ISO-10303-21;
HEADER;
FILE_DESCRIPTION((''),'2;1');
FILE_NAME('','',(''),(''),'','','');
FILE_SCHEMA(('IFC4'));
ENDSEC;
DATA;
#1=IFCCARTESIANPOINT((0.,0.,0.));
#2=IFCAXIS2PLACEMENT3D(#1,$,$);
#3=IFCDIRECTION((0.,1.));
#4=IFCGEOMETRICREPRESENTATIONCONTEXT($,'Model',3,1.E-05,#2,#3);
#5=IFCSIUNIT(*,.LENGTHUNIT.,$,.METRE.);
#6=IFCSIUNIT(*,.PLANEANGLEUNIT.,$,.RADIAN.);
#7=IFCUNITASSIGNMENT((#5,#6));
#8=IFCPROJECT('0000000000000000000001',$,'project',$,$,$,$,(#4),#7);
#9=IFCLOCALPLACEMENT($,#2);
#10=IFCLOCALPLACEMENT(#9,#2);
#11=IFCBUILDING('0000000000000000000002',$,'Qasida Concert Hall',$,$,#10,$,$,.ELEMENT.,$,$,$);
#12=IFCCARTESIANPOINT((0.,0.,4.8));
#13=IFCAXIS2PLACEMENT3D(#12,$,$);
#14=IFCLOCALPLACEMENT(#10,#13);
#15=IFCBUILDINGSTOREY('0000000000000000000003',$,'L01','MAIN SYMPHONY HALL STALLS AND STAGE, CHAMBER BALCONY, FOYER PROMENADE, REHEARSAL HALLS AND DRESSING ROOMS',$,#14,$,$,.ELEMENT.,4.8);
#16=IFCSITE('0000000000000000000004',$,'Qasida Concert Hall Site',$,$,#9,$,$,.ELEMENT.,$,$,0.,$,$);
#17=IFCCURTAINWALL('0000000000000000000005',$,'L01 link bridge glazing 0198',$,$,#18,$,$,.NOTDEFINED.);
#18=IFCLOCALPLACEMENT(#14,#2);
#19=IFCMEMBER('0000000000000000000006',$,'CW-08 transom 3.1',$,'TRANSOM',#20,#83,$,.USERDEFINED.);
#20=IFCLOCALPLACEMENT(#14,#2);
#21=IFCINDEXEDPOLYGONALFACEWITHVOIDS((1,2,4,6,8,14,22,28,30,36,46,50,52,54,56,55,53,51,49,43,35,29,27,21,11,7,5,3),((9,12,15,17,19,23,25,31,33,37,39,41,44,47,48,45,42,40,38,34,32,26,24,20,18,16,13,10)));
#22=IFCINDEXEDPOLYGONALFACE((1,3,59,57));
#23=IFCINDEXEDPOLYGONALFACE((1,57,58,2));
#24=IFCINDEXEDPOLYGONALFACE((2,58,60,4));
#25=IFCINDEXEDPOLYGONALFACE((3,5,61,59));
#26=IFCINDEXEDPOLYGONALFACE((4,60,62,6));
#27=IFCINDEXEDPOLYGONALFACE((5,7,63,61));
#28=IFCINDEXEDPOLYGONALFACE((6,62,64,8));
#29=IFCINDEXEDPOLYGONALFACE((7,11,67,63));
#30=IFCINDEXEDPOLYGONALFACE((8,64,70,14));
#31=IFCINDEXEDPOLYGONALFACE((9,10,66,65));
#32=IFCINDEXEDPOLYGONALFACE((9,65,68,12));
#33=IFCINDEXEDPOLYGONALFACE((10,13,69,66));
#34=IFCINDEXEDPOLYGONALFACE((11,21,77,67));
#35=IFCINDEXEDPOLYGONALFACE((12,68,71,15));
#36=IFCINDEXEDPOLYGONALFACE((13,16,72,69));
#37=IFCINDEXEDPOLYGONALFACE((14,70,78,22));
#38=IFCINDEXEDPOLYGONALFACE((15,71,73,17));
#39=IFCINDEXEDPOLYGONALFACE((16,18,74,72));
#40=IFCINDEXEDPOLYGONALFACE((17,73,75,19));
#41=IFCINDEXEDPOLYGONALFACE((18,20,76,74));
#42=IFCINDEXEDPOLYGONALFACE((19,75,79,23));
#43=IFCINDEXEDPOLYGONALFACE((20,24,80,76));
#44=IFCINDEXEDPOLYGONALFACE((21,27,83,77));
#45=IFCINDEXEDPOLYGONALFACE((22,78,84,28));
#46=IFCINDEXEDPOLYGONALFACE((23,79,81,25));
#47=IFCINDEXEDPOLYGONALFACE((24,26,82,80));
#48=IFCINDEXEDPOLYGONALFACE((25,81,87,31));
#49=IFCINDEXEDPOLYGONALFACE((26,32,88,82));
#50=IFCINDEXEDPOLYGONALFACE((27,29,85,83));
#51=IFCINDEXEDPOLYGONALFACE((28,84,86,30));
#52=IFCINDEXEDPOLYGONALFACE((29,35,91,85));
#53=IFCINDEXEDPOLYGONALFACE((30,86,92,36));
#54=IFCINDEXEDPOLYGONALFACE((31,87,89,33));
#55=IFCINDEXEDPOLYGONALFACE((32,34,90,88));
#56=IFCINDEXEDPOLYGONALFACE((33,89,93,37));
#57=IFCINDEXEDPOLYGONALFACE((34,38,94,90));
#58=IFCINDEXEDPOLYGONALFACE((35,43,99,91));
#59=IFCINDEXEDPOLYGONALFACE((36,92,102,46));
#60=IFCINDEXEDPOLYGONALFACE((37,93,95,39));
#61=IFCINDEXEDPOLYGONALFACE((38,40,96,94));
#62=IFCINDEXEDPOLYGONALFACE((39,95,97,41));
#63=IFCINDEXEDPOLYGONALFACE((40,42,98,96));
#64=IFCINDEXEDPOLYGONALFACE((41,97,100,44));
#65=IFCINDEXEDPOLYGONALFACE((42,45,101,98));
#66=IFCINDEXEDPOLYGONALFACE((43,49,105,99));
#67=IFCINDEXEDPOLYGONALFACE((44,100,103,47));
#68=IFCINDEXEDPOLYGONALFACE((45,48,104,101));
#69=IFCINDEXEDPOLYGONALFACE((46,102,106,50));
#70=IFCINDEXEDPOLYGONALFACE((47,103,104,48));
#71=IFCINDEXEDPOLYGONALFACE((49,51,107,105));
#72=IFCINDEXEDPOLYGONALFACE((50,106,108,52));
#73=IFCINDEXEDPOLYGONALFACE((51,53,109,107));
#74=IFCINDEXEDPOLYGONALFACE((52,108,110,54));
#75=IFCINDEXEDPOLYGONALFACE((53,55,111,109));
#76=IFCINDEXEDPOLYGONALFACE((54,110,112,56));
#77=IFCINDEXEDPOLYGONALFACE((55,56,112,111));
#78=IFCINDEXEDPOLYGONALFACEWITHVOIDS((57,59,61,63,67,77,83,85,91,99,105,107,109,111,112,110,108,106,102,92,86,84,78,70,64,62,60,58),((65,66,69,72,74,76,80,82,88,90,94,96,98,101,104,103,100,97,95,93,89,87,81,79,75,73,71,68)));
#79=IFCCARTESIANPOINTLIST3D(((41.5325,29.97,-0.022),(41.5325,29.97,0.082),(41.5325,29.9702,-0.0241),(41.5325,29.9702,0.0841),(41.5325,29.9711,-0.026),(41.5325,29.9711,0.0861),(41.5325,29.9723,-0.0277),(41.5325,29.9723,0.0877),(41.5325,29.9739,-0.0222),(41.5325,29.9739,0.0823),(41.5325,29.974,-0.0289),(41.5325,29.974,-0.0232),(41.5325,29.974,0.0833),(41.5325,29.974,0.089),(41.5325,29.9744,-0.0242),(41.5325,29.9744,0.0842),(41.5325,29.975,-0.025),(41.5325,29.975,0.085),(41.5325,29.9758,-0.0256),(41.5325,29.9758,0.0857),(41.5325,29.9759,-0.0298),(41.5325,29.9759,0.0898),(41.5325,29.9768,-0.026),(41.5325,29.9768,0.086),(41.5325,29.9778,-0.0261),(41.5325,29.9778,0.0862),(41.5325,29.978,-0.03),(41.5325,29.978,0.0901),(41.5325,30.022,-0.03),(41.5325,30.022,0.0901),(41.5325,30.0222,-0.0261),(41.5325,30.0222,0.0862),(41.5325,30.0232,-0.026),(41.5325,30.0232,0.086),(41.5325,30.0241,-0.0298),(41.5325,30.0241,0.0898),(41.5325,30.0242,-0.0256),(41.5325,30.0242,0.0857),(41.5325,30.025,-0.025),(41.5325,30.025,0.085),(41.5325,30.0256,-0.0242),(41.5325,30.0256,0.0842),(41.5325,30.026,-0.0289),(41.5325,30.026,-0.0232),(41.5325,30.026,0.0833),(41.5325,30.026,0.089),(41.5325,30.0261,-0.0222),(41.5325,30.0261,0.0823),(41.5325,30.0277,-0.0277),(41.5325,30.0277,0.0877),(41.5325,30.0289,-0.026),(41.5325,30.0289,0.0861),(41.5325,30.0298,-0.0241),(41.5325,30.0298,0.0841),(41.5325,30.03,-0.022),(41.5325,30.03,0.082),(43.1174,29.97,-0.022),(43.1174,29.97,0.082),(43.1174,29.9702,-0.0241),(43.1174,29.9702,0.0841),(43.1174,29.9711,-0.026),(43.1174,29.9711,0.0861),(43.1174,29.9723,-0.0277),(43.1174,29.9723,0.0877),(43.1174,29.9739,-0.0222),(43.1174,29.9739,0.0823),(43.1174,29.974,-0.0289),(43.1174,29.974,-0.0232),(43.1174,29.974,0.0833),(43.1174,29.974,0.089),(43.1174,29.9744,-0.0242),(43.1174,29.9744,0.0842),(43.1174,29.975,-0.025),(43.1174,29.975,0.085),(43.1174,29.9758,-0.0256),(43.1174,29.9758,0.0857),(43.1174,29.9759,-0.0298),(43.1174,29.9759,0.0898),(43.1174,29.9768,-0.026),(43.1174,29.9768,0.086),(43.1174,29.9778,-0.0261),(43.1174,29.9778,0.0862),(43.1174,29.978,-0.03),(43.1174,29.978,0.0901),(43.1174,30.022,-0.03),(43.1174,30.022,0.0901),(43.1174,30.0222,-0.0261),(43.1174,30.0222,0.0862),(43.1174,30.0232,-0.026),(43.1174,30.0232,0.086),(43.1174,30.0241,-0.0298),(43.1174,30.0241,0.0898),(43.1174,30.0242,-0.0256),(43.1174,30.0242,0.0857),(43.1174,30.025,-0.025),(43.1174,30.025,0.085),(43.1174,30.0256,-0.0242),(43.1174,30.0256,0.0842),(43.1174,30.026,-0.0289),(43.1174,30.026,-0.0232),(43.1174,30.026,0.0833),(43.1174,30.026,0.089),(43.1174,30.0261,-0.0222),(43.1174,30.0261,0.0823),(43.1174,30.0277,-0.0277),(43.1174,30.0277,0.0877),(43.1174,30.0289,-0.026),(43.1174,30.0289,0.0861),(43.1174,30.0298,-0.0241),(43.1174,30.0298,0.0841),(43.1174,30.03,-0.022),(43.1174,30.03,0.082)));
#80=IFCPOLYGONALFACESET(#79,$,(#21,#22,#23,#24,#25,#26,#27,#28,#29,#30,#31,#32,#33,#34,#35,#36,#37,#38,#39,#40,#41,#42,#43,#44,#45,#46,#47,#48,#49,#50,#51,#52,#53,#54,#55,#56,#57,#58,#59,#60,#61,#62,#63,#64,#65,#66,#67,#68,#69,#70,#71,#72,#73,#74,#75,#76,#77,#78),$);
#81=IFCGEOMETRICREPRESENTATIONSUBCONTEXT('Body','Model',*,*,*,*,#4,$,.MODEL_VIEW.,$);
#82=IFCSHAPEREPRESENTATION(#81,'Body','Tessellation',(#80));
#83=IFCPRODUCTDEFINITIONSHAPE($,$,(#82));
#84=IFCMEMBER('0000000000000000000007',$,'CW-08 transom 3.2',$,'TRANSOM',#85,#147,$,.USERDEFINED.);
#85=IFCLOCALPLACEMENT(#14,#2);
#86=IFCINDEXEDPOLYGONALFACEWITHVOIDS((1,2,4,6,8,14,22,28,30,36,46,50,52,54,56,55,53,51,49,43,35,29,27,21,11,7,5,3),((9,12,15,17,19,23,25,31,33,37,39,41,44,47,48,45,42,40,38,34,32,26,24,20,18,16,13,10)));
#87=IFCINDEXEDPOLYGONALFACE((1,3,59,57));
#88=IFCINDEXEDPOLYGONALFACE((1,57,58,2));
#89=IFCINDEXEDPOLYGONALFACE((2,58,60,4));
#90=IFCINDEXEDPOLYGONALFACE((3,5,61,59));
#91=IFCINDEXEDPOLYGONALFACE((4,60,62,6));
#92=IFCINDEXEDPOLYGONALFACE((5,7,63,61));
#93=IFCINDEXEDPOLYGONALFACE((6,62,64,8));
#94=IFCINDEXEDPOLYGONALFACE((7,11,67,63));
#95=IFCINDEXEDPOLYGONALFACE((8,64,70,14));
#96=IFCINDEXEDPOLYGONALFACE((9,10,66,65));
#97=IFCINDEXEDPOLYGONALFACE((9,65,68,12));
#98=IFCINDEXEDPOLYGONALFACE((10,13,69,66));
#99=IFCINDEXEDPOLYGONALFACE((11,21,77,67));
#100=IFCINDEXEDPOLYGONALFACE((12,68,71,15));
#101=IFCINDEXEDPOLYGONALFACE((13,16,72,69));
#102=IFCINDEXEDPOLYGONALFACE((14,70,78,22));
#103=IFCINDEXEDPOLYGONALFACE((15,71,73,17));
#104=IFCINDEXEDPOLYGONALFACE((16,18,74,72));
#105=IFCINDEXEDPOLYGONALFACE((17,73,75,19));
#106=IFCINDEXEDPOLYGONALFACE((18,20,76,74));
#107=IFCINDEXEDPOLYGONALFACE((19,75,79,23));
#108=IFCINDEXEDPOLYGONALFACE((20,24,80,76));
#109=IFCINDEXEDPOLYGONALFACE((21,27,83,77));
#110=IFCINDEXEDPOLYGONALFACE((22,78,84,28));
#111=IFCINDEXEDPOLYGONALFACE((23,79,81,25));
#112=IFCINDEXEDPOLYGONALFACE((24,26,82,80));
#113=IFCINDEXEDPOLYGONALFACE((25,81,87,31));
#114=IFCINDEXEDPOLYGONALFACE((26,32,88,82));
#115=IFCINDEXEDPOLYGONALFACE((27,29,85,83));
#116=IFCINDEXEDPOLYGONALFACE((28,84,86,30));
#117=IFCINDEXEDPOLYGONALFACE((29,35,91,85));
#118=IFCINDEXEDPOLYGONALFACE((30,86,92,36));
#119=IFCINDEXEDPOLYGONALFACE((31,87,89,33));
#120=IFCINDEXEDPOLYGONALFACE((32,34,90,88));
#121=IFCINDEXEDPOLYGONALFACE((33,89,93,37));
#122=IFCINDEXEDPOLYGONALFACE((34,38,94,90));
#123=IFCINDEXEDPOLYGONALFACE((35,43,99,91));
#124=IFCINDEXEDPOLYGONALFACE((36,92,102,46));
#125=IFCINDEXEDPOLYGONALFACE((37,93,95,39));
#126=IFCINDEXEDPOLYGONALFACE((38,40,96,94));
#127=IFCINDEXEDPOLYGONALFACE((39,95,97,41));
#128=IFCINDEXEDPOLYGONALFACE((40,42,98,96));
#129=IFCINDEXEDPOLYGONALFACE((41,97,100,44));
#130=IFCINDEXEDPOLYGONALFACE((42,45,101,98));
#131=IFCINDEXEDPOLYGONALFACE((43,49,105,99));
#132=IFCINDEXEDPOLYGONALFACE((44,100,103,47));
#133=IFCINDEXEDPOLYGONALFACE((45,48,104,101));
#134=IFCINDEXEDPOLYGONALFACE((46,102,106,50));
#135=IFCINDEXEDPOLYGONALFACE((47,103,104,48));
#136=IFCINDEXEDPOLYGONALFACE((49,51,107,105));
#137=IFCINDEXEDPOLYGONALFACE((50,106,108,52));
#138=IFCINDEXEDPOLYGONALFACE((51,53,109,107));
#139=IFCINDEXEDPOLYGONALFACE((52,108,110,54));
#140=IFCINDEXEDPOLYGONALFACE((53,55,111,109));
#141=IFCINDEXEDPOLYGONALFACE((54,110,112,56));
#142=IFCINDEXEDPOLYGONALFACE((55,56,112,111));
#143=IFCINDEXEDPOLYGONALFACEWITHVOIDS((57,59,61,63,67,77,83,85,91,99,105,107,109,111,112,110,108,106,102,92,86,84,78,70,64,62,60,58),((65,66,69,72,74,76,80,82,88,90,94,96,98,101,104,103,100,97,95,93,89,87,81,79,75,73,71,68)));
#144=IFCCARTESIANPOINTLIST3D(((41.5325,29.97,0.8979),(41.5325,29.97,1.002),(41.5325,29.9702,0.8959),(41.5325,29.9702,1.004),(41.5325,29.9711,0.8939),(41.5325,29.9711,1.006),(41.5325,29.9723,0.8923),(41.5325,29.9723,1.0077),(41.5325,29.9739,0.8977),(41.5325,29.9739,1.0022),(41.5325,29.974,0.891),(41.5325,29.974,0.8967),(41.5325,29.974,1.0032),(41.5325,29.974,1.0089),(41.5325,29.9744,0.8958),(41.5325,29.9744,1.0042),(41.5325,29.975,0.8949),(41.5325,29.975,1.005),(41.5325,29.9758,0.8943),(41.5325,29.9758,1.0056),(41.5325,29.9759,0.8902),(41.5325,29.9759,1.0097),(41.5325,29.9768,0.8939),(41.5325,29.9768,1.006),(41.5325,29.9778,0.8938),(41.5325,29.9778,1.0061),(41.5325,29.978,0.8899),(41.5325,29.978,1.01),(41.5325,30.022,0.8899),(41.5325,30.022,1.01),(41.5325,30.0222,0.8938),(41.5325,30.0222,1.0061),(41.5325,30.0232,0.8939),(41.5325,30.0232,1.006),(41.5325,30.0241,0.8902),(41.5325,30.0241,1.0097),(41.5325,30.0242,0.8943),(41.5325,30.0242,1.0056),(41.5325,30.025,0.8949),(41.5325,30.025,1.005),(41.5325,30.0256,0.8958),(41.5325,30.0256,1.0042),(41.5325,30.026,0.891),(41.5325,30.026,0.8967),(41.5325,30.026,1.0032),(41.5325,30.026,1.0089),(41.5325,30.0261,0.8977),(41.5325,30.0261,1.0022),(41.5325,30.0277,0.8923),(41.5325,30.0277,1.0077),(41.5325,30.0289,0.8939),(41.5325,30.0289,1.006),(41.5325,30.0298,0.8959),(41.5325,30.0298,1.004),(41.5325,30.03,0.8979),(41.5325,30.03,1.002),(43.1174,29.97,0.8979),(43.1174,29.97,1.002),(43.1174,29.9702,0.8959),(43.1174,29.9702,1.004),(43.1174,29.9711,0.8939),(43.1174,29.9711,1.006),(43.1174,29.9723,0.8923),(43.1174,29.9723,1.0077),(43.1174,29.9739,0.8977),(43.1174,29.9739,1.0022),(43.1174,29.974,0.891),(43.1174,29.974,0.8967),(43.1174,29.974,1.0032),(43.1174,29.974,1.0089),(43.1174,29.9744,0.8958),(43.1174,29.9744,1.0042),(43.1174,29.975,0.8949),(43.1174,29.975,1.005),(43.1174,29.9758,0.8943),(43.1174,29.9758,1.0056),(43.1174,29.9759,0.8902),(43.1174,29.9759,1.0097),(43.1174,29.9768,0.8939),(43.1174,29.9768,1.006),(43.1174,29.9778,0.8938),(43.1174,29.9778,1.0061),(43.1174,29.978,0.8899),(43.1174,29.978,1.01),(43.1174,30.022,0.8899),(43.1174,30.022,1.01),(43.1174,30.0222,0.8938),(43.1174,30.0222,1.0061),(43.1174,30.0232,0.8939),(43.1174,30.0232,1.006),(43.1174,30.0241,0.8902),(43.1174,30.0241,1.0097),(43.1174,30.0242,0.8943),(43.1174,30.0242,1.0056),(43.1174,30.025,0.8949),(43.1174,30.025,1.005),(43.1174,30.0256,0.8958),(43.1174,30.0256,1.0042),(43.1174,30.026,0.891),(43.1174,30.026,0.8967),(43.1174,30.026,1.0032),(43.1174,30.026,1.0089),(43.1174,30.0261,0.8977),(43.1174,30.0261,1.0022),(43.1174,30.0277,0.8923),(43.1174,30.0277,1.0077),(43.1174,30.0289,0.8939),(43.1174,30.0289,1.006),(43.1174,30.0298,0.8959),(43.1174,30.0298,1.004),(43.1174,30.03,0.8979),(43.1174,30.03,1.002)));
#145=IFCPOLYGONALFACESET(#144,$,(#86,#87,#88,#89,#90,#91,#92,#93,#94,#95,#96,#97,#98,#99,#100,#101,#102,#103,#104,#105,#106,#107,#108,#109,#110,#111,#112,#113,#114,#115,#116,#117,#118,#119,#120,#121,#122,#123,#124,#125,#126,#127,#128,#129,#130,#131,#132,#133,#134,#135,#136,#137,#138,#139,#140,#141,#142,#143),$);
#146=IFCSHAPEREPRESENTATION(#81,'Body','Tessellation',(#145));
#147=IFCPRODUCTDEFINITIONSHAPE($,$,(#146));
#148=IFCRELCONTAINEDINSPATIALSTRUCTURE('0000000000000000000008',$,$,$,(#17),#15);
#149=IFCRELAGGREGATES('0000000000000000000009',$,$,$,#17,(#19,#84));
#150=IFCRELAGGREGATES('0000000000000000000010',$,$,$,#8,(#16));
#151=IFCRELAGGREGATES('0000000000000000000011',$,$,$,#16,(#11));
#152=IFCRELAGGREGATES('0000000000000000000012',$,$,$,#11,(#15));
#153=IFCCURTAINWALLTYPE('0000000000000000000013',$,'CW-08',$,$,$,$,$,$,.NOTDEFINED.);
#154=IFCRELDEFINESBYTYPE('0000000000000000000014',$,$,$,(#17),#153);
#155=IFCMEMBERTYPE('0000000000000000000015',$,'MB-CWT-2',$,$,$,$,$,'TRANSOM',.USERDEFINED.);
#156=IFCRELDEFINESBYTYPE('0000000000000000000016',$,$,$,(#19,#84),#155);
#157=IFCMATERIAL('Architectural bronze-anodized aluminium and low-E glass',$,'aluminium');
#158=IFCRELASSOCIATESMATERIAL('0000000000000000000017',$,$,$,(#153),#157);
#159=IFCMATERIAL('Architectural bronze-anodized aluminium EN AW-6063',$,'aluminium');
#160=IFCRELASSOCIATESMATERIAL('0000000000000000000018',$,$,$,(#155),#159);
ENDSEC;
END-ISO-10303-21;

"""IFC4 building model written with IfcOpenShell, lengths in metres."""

from ifc_helpers import new_model, si_unit, direction, frame, origin, origin_2d, place, context, subcontext, project, spatial, hollow_rectangle, extrude, material, material_profile, profile_set, type_object, element, aggregate, save


model = new_model("IFC4")

# Units and contexts
model_context = context("Model", 3, precision=1e-05, world=origin(), true_north=direction((0.0, 1.0)))
body_context = subcontext(model_context, "Body", "Model", "MODEL_VIEW")
ifc_project = project(units=[si_unit("LENGTHUNIT", "METRE"), si_unit("PLANEANGLEUNIT", "RADIAN")], contexts=[model_context])

# Site, building, storey
site_placement = place(None, origin())
site = spatial("IfcSite", under=ifc_project, at=site_placement, Name="Qasida Concert Hall Site", CompositionType="ELEMENT", RefElevation=0.0)
building_placement = place(site_placement, origin())
building = spatial("IfcBuilding", under=site, at=building_placement, Name="Qasida Concert Hall", CompositionType="ELEMENT")
storey_placement = place(building_placement, frame((0.0, 0.0, 4.8)))
storey = spatial("IfcBuildingStorey", under=building, at=storey_placement, Name="L01", Description="MAIN SYMPHONY HALL STALLS AND STAGE, CHAMBER BALCONY, FOYER PROMENADE, REHEARSAL HALLS AND DRESSING ROOMS", CompositionType="ELEMENT", Elevation=4.8)

# Curtain wall
ifc_material_1 = material(Name="Architectural bronze-anodized aluminium and low-E glass", Category="aluminium")
curtain_wall_type = type_object("IfcCurtainWallType", Name="CW-08", PredefinedType="NOTDEFINED", material=ifc_material_1)
curtain_wall_1_placement = place(storey_placement, origin())
curtain_wall_1 = element("IfcCurtainWall", 1, at=curtain_wall_1_placement, inside=storey, type_object=curtain_wall_type, Name="L01 link bridge glazing 0198", PredefinedType="NOTDEFINED")
ifc_material_2 = material(Name="Architectural bronze-anodized aluminium EN AW-6063", Category="aluminium")

# Members
ifc_material_profile_1 = material_profile(ifc_material_2, hollow_rectangle(XDim=0.0601, YDim=0.1201, WallThickness=0.0039, InnerFilletRadius=0.0039, OuterFilletRadius=0.0081, at=origin_2d()), Name="CWT 120x60x4")
ifc_profile_set_1 = profile_set([ifc_material_profile_1], Name="Architectural bronze-anodized aluminium EN AW-6063")
member_type_1 = type_object("IfcMemberType", Name="MB-CWT-2", ElementType="TRANSOM", PredefinedType="USERDEFINED", material=ifc_profile_set_1)
member_1_placement = place(storey_placement, frame((41.5325, 30.0, 0.03), z_axis=(1.0, 0.0, 0.0), x_axis=(0.0, 1.0, 0.0)))
member_1 = element("IfcMember", 2, at=member_1_placement, type_object=member_type_1, Name="CW-08 transom 3.1", ObjectType="TRANSOM", PredefinedType="USERDEFINED", context=body_context, shape_type="SweptSolid", body=[
    extrude(hollow_rectangle(XDim=0.0601, YDim=0.1201, WallThickness=0.0039, InnerFilletRadius=0.0039, OuterFilletRadius=0.0081, at=origin_2d()), origin(), (0.0, 0.0, 1.0), 1.585),
])
member_2_placement = place(storey_placement, frame((41.5325, 30.0, 0.95), z_axis=(1.0, 0.0, 0.0), x_axis=(0.0, 1.0, 0.0)))
member_2 = element("IfcMember", 3, at=member_2_placement, type_object=member_type_1, Name="CW-08 transom 3.2", ObjectType="TRANSOM", PredefinedType="USERDEFINED", context=body_context, shape_type="SweptSolid", body=[
    extrude(hollow_rectangle(XDim=0.0601, YDim=0.1201, WallThickness=0.0039, InnerFilletRadius=0.0039, OuterFilletRadius=0.0081, at=origin_2d()), origin(), (0.0, 0.0, 1.0), 1.585),
])

aggregate(curtain_wall_1, [member_1, member_2])

save(model, "model.ifc")
